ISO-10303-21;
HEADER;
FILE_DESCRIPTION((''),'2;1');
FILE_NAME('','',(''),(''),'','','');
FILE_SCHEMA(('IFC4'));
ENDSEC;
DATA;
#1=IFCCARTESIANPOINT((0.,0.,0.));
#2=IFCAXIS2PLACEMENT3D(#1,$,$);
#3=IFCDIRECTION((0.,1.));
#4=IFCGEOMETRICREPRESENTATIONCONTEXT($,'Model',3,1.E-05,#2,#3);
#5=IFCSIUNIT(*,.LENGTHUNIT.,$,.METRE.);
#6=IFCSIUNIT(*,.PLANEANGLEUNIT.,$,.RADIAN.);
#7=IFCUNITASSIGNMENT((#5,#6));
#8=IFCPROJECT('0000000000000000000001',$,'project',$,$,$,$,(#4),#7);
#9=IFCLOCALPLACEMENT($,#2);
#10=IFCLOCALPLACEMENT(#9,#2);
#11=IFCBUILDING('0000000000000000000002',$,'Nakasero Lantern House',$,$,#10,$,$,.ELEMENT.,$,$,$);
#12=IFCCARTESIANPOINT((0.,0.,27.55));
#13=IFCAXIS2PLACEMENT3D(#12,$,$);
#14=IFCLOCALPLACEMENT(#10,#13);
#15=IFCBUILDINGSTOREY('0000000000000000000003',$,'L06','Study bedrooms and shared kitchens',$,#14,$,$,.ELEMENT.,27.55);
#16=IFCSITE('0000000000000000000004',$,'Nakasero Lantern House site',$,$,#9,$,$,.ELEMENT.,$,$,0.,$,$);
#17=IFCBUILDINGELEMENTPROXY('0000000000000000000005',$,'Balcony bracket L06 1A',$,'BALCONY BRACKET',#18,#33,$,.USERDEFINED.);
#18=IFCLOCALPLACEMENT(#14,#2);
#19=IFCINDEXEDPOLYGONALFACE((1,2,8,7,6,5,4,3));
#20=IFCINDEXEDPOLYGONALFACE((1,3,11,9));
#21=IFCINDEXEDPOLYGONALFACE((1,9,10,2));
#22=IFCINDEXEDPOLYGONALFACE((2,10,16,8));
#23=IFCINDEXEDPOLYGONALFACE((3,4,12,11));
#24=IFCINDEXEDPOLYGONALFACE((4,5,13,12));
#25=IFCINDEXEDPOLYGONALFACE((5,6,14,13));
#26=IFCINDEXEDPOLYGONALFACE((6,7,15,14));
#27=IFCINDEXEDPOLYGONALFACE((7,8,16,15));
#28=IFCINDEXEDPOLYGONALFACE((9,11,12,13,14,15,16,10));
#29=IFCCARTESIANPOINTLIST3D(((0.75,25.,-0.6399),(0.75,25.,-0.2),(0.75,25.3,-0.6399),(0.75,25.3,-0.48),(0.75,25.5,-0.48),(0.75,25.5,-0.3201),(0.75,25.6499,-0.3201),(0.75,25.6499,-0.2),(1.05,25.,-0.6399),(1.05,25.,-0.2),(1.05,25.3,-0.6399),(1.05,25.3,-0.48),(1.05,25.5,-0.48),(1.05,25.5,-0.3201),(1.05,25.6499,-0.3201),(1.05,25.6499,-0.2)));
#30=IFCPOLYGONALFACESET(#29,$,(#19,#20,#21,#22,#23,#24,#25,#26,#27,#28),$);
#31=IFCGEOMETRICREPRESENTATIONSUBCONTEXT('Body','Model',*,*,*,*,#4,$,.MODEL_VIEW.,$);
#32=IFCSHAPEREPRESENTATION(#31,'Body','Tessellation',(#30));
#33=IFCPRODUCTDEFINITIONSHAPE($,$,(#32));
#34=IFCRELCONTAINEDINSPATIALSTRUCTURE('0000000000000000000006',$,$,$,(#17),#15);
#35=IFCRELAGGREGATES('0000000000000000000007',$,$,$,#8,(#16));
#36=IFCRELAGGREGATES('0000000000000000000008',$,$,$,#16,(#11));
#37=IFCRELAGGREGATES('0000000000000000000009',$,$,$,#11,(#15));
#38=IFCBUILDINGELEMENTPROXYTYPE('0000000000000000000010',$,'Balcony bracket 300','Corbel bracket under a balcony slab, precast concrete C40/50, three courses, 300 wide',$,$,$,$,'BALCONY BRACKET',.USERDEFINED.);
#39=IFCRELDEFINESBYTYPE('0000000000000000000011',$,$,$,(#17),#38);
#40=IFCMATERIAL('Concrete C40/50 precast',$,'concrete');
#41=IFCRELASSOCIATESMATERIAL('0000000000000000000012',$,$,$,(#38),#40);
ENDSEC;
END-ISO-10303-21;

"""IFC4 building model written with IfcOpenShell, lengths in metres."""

from ifc_helpers import new_model, si_unit, direction, frame, origin, place, context, subcontext, project, spatial, polyline, outline, extrude, material, type_object, element, save


model = new_model("IFC4")

# Units and contexts
model_context = context("Model", 3, precision=1e-05, world=origin(), true_north=direction((0.0, 1.0)))
body_context = subcontext(model_context, "Body", "Model", "MODEL_VIEW")
ifc_project = project(units=[si_unit("LENGTHUNIT", "METRE"), si_unit("PLANEANGLEUNIT", "RADIAN")], contexts=[model_context])

# Site, building, storey
site_placement = place(None, origin())
site = spatial("IfcSite", under=ifc_project, at=site_placement, Name="Nakasero Lantern House site", CompositionType="ELEMENT", RefElevation=0.0)
building_placement = place(site_placement, origin())
building = spatial("IfcBuilding", under=site, at=building_placement, Name="Nakasero Lantern House", CompositionType="ELEMENT")
storey_placement = place(building_placement, frame((0.0, 0.0, 27.55)))
storey = spatial("IfcBuildingStorey", under=building, at=storey_placement, Name="L06", Description="Study bedrooms and shared kitchens", CompositionType="ELEMENT", Elevation=27.55)

# Building element proxy
ifc_material_1 = material(Name="Concrete C40/50 precast", Category="concrete")
building_element_proxy_type = type_object("IfcBuildingElementProxyType", Name="Balcony bracket 300", Description="Corbel bracket under a balcony slab, precast concrete C40/50, three courses, 300 wide", ElementType="BALCONY BRACKET", PredefinedType="USERDEFINED", material=ifc_material_1)
proxy_placement = place(storey_placement, frame((0.8999, 25.0, -0.2), z_axis=(0.0, 0.0, 1.0), x_axis=(0.0, 1.0, 0.0)))
element("IfcBuildingElementProxy", 1, at=proxy_placement, inside=storey, type_object=building_element_proxy_type, Name="Balcony bracket L06 1A", ObjectType="BALCONY BRACKET", PredefinedType="USERDEFINED", context=body_context, shape_type="SweptSolid", body=[
    extrude(outline(polyline([(0.0, 0.0), (0.6499, 0.0), (0.6499, -0.1201), (0.5, -0.1201), (0.5, -0.28), (0.3, -0.28), (0.3, -0.4399), (0.0, -0.4399), (0.0, 0.0)])), frame((0.0, 0.1499, 0.0), z_axis=(0.0, -1.0, 0.0), x_axis=(1.0, 0.0, 0.0)), (0.0, 0.0, 1.0), 0.3),
])

save(model, "model.ifc")
